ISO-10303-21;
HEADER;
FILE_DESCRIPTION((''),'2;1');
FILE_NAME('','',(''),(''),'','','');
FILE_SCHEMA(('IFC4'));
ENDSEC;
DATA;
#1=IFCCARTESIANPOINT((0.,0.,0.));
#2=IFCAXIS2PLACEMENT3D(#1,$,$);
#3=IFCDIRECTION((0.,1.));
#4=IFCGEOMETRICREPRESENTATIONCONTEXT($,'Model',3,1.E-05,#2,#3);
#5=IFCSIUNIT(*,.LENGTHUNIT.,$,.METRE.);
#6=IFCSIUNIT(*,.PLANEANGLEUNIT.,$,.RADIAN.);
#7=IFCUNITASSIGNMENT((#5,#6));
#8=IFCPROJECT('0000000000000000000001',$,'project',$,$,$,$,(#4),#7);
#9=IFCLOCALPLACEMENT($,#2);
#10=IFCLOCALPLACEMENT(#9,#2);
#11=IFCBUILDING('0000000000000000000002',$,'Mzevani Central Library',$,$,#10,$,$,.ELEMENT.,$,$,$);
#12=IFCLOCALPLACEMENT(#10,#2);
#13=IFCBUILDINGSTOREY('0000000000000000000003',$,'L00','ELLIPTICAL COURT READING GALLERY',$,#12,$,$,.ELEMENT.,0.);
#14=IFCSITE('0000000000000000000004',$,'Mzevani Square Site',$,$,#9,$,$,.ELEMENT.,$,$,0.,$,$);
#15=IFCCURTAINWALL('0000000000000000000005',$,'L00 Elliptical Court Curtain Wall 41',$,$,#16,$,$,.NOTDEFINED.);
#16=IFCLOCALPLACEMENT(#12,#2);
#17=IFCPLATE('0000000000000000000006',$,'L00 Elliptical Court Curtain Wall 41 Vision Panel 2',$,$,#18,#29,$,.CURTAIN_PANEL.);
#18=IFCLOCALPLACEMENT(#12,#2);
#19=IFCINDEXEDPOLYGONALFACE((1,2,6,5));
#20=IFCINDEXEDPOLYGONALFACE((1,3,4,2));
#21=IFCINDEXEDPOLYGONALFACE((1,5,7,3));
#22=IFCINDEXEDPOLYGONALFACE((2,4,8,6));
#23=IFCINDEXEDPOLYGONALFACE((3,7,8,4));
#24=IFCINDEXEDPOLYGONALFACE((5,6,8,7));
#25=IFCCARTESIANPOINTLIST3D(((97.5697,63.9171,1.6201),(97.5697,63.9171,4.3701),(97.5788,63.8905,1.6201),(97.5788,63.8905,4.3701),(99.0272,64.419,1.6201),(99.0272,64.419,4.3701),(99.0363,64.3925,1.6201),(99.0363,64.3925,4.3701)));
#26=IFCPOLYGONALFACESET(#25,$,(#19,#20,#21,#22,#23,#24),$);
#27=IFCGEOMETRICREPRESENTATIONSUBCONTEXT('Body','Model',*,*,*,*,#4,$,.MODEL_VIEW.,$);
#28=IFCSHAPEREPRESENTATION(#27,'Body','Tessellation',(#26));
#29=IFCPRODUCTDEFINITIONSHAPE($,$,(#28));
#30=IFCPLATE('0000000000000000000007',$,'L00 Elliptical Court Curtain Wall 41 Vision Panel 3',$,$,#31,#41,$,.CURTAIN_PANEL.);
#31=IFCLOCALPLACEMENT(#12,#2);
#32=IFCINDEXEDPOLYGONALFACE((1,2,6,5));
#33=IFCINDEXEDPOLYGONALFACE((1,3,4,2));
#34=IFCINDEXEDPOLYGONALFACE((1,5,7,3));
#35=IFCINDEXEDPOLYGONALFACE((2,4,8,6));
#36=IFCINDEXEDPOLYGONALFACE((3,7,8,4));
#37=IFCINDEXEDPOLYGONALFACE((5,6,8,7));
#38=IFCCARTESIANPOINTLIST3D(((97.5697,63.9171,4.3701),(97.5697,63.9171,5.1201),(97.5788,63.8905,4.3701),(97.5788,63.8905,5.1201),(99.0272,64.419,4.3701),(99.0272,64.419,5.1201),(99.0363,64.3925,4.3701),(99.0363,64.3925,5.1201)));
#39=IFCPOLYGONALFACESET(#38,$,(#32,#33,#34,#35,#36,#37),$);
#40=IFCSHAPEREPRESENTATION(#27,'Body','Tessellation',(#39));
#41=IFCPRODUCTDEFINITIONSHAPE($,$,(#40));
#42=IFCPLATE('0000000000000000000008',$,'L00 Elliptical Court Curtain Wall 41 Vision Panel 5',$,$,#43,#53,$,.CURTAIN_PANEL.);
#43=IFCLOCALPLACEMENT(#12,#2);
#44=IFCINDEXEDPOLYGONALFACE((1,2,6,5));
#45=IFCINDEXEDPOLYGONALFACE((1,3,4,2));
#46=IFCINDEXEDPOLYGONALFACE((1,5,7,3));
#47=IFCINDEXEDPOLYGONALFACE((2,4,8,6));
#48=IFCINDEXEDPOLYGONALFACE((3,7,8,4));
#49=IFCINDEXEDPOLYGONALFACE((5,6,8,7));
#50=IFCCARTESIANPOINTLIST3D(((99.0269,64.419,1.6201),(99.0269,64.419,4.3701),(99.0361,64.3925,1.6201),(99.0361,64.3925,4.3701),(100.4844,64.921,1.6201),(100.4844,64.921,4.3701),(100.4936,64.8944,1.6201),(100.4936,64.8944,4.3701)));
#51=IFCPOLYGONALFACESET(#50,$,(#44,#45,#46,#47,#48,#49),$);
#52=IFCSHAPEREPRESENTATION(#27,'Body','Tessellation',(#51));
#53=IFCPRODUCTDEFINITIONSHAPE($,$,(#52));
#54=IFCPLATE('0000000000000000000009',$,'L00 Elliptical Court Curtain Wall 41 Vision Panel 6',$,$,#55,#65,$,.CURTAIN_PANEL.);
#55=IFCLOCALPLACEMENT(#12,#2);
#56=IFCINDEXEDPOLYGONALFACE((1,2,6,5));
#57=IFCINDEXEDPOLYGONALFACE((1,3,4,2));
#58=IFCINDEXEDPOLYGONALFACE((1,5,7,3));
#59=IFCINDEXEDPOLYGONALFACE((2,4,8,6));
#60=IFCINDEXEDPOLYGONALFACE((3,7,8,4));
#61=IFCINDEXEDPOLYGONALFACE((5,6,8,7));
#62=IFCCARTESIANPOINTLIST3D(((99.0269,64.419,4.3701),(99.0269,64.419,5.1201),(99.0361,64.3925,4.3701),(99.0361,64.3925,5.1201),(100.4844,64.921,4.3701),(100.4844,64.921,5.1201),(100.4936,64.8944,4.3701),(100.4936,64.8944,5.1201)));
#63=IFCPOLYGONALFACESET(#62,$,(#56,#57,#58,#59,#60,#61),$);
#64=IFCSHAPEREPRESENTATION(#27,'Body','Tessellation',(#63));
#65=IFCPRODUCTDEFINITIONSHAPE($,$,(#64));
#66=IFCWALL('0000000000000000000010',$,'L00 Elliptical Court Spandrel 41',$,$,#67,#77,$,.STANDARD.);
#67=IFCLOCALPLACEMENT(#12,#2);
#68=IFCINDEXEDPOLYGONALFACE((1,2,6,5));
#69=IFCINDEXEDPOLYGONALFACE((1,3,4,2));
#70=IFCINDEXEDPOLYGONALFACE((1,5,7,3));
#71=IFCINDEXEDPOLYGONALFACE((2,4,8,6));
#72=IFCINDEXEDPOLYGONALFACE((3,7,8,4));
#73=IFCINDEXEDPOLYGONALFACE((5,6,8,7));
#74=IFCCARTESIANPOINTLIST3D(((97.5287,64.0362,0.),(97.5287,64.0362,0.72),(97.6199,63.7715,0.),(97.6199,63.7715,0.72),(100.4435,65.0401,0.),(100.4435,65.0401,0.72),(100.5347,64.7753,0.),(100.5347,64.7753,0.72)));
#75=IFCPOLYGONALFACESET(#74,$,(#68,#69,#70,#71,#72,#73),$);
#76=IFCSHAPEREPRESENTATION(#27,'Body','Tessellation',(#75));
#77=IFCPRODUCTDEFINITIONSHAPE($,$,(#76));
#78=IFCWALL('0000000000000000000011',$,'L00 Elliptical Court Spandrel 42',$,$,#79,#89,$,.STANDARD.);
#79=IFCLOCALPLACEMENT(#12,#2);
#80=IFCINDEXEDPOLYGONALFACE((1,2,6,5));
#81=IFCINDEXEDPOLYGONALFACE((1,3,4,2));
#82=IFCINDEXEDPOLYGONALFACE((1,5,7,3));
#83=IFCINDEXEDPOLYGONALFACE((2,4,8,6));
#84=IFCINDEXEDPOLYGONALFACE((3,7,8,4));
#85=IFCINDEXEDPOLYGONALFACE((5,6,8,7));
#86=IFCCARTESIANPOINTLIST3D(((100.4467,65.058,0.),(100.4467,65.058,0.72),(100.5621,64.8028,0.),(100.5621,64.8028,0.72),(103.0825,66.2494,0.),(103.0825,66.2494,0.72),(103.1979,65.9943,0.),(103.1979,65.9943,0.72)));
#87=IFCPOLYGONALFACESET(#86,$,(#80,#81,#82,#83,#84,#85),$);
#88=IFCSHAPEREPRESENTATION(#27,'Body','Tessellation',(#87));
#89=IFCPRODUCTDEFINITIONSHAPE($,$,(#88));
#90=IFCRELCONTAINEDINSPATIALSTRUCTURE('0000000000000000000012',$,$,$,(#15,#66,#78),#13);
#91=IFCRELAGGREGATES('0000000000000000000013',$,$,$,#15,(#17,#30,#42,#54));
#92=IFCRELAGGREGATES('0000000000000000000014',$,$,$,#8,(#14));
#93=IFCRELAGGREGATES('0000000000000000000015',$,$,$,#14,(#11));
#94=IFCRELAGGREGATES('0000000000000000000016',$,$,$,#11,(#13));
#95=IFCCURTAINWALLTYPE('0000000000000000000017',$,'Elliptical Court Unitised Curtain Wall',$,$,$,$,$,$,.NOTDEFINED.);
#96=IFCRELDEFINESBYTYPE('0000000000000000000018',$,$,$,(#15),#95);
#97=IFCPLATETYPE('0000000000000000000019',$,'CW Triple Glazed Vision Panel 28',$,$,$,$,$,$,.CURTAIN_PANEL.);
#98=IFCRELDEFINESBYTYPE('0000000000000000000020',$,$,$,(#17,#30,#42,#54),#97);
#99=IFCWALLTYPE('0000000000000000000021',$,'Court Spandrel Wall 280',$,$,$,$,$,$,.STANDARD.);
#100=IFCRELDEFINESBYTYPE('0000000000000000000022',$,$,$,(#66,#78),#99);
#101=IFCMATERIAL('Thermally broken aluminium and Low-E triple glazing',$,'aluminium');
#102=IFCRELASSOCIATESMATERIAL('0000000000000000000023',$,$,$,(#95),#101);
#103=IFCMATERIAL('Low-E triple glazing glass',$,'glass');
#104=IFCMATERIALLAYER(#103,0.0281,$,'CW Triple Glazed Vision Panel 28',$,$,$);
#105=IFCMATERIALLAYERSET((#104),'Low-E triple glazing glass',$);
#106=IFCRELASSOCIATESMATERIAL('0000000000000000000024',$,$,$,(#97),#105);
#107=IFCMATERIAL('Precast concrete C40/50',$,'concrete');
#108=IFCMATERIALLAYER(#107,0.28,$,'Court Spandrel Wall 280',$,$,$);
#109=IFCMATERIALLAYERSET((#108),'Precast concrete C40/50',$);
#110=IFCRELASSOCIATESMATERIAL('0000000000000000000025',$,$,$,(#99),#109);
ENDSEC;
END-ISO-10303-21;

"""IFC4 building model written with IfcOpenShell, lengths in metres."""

from ifc_helpers import new_model, si_unit, direction, frame, frame_2d, origin, origin_2d, place, context, subcontext, project, spatial, rectangle, extrude, material, layer, layer_set, type_object, element, aggregate, save


model = new_model("IFC4")

# Units and contexts
model_context = context("Model", 3, precision=1e-05, world=origin(), true_north=direction((0.0, 1.0)))
body_context = subcontext(model_context, "Body", "Model", "MODEL_VIEW")
ifc_project = project(units=[si_unit("LENGTHUNIT", "METRE"), si_unit("PLANEANGLEUNIT", "RADIAN")], contexts=[model_context])

# Site, building, storey
site_placement = place(None, origin())
site = spatial("IfcSite", under=ifc_project, at=site_placement, Name="Mzevani Square Site", CompositionType="ELEMENT", RefElevation=0.0)
building_placement = place(site_placement, origin())
building = spatial("IfcBuilding", under=site, at=building_placement, Name="Mzevani Central Library", CompositionType="ELEMENT")
storey_placement = place(building_placement, origin())
storey = spatial("IfcBuildingStorey", under=building, at=storey_placement, Name="L00", Description="ELLIPTICAL COURT READING GALLERY", CompositionType="ELEMENT", Elevation=0.0)

# Curtain wall
ifc_material_1 = material(Name="Thermally broken aluminium and Low-E triple glazing", Category="aluminium")
curtain_wall_type_1 = type_object("IfcCurtainWallType", Name="Elliptical Court Unitised Curtain Wall", PredefinedType="NOTDEFINED", material=ifc_material_1)
curtain_wall_1_placement = place(storey_placement, origin())
curtain_wall_1 = element("IfcCurtainWall", 1, at=curtain_wall_1_placement, inside=storey, type_object=curtain_wall_type_1, Name="L00 Elliptical Court Curtain Wall 41", PredefinedType="NOTDEFINED")

# Plates
ifc_material_2 = material(Name="Low-E triple glazing glass", Category="glass")
ifc_layer_1 = layer(ifc_material_2, 0.0281, Name="CW Triple Glazed Vision Panel 28")
ifc_layer_set_1 = layer_set([ifc_layer_1], Name="Low-E triple glazing glass")
plate_type_1 = type_object("IfcPlateType", Name="CW Triple Glazed Vision Panel 28", PredefinedType="CURTAIN_PANEL", material=ifc_layer_set_1)
plate_1_placement = place(storey_placement, frame((98.303, 64.1548, 1.6201), z_axis=(0.0, 0.0, 1.0), x_axis=(0.945503, 0.325613, 0.0)))
plate_1 = element("IfcPlate", 2, at=plate_1_placement, type_object=plate_type_1, Name="L00 Elliptical Court Curtain Wall 41 Vision Panel 2", PredefinedType="CURTAIN_PANEL", context=body_context, shape_type="SweptSolid", body=[
    extrude(rectangle(XDim=1.5415, YDim=0.0281, at=origin_2d()), origin(), (0.0, 0.0, 1.0), 2.75),
])
plate_2_placement = place(storey_placement, frame((98.303, 64.1548, 4.3701), z_axis=(0.0, 0.0, 1.0), x_axis=(0.945503, 0.325613, 0.0)))
plate_2 = element("IfcPlate", 3, at=plate_2_placement, type_object=plate_type_1, Name="L00 Elliptical Court Curtain Wall 41 Vision Panel 3", PredefinedType="CURTAIN_PANEL", context=body_context, shape_type="SweptSolid", body=[
    extrude(rectangle(XDim=1.5415, YDim=0.0281, at=origin_2d()), origin(), (0.0, 0.0, 1.0), 0.75),
])
plate_3_placement = place(storey_placement, frame((99.7603, 64.6567, 1.6201), z_axis=(0.0, 0.0, 1.0), x_axis=(0.945503, 0.325613, 0.0)))
plate_3 = element("IfcPlate", 4, at=plate_3_placement, type_object=plate_type_1, Name="L00 Elliptical Court Curtain Wall 41 Vision Panel 5", PredefinedType="CURTAIN_PANEL", context=body_context, shape_type="SweptSolid", body=[
    extrude(rectangle(XDim=1.5415, YDim=0.0281, at=origin_2d()), origin(), (0.0, 0.0, 1.0), 2.75),
])
plate_4_placement = place(storey_placement, frame((99.7603, 64.6567, 4.3701), z_axis=(0.0, 0.0, 1.0), x_axis=(0.945503, 0.325613, 0.0)))
plate_4 = element("IfcPlate", 5, at=plate_4_placement, type_object=plate_type_1, Name="L00 Elliptical Court Curtain Wall 41 Vision Panel 6", PredefinedType="CURTAIN_PANEL", context=body_context, shape_type="SweptSolid", body=[
    extrude(rectangle(XDim=1.5415, YDim=0.0281, at=origin_2d()), origin(), (0.0, 0.0, 1.0), 0.75),
])
aggregate(curtain_wall_1, [plate_1, plate_2, plate_3, plate_4])

# Walls
ifc_material_3 = material(Name="Precast concrete C40/50", Category="concrete")
ifc_layer_2 = layer(ifc_material_3, 0.28, Name="Court Spandrel Wall 280")
ifc_layer_set_2 = layer_set([ifc_layer_2], Name="Precast concrete C40/50")
wall_type = type_object("IfcWallType", Name="Court Spandrel Wall 280", PredefinedType="STANDARD", material=ifc_layer_set_2)
wall_1_placement = place(storey_placement, frame((97.5742, 63.9038, 0.0), z_axis=(0.0, 0.0, 1.0), x_axis=(0.945492, 0.325644, 0.0)))
element("IfcWall", 6, at=wall_1_placement, inside=storey, type_object=wall_type, Name="L00 Elliptical Court Spandrel 41", PredefinedType="STANDARD", context=body_context, shape_type="SweptSolid", body=[
    extrude(rectangle(XDim=3.0828, YDim=0.28, at=frame_2d((1.5415, 0.0))), origin(), (0.0, 0.0, 1.0), 0.72),
])
wall_2_placement = place(storey_placement, frame((100.5044, 64.9304, 0.0), z_axis=(0.0, 0.0, 1.0), x_axis=(0.911232, 0.411894, 0.0)))
element("IfcWall", 7, at=wall_2_placement, inside=storey, type_object=wall_type, Name="L00 Elliptical Court Spandrel 42", PredefinedType="STANDARD", context=body_context, shape_type="SweptSolid", body=[
    extrude(rectangle(XDim=2.8926, YDim=0.28, at=frame_2d((1.4463, 0.0))), origin(), (0.0, 0.0, 1.0), 0.72),
])

save(model, "model.ifc")
